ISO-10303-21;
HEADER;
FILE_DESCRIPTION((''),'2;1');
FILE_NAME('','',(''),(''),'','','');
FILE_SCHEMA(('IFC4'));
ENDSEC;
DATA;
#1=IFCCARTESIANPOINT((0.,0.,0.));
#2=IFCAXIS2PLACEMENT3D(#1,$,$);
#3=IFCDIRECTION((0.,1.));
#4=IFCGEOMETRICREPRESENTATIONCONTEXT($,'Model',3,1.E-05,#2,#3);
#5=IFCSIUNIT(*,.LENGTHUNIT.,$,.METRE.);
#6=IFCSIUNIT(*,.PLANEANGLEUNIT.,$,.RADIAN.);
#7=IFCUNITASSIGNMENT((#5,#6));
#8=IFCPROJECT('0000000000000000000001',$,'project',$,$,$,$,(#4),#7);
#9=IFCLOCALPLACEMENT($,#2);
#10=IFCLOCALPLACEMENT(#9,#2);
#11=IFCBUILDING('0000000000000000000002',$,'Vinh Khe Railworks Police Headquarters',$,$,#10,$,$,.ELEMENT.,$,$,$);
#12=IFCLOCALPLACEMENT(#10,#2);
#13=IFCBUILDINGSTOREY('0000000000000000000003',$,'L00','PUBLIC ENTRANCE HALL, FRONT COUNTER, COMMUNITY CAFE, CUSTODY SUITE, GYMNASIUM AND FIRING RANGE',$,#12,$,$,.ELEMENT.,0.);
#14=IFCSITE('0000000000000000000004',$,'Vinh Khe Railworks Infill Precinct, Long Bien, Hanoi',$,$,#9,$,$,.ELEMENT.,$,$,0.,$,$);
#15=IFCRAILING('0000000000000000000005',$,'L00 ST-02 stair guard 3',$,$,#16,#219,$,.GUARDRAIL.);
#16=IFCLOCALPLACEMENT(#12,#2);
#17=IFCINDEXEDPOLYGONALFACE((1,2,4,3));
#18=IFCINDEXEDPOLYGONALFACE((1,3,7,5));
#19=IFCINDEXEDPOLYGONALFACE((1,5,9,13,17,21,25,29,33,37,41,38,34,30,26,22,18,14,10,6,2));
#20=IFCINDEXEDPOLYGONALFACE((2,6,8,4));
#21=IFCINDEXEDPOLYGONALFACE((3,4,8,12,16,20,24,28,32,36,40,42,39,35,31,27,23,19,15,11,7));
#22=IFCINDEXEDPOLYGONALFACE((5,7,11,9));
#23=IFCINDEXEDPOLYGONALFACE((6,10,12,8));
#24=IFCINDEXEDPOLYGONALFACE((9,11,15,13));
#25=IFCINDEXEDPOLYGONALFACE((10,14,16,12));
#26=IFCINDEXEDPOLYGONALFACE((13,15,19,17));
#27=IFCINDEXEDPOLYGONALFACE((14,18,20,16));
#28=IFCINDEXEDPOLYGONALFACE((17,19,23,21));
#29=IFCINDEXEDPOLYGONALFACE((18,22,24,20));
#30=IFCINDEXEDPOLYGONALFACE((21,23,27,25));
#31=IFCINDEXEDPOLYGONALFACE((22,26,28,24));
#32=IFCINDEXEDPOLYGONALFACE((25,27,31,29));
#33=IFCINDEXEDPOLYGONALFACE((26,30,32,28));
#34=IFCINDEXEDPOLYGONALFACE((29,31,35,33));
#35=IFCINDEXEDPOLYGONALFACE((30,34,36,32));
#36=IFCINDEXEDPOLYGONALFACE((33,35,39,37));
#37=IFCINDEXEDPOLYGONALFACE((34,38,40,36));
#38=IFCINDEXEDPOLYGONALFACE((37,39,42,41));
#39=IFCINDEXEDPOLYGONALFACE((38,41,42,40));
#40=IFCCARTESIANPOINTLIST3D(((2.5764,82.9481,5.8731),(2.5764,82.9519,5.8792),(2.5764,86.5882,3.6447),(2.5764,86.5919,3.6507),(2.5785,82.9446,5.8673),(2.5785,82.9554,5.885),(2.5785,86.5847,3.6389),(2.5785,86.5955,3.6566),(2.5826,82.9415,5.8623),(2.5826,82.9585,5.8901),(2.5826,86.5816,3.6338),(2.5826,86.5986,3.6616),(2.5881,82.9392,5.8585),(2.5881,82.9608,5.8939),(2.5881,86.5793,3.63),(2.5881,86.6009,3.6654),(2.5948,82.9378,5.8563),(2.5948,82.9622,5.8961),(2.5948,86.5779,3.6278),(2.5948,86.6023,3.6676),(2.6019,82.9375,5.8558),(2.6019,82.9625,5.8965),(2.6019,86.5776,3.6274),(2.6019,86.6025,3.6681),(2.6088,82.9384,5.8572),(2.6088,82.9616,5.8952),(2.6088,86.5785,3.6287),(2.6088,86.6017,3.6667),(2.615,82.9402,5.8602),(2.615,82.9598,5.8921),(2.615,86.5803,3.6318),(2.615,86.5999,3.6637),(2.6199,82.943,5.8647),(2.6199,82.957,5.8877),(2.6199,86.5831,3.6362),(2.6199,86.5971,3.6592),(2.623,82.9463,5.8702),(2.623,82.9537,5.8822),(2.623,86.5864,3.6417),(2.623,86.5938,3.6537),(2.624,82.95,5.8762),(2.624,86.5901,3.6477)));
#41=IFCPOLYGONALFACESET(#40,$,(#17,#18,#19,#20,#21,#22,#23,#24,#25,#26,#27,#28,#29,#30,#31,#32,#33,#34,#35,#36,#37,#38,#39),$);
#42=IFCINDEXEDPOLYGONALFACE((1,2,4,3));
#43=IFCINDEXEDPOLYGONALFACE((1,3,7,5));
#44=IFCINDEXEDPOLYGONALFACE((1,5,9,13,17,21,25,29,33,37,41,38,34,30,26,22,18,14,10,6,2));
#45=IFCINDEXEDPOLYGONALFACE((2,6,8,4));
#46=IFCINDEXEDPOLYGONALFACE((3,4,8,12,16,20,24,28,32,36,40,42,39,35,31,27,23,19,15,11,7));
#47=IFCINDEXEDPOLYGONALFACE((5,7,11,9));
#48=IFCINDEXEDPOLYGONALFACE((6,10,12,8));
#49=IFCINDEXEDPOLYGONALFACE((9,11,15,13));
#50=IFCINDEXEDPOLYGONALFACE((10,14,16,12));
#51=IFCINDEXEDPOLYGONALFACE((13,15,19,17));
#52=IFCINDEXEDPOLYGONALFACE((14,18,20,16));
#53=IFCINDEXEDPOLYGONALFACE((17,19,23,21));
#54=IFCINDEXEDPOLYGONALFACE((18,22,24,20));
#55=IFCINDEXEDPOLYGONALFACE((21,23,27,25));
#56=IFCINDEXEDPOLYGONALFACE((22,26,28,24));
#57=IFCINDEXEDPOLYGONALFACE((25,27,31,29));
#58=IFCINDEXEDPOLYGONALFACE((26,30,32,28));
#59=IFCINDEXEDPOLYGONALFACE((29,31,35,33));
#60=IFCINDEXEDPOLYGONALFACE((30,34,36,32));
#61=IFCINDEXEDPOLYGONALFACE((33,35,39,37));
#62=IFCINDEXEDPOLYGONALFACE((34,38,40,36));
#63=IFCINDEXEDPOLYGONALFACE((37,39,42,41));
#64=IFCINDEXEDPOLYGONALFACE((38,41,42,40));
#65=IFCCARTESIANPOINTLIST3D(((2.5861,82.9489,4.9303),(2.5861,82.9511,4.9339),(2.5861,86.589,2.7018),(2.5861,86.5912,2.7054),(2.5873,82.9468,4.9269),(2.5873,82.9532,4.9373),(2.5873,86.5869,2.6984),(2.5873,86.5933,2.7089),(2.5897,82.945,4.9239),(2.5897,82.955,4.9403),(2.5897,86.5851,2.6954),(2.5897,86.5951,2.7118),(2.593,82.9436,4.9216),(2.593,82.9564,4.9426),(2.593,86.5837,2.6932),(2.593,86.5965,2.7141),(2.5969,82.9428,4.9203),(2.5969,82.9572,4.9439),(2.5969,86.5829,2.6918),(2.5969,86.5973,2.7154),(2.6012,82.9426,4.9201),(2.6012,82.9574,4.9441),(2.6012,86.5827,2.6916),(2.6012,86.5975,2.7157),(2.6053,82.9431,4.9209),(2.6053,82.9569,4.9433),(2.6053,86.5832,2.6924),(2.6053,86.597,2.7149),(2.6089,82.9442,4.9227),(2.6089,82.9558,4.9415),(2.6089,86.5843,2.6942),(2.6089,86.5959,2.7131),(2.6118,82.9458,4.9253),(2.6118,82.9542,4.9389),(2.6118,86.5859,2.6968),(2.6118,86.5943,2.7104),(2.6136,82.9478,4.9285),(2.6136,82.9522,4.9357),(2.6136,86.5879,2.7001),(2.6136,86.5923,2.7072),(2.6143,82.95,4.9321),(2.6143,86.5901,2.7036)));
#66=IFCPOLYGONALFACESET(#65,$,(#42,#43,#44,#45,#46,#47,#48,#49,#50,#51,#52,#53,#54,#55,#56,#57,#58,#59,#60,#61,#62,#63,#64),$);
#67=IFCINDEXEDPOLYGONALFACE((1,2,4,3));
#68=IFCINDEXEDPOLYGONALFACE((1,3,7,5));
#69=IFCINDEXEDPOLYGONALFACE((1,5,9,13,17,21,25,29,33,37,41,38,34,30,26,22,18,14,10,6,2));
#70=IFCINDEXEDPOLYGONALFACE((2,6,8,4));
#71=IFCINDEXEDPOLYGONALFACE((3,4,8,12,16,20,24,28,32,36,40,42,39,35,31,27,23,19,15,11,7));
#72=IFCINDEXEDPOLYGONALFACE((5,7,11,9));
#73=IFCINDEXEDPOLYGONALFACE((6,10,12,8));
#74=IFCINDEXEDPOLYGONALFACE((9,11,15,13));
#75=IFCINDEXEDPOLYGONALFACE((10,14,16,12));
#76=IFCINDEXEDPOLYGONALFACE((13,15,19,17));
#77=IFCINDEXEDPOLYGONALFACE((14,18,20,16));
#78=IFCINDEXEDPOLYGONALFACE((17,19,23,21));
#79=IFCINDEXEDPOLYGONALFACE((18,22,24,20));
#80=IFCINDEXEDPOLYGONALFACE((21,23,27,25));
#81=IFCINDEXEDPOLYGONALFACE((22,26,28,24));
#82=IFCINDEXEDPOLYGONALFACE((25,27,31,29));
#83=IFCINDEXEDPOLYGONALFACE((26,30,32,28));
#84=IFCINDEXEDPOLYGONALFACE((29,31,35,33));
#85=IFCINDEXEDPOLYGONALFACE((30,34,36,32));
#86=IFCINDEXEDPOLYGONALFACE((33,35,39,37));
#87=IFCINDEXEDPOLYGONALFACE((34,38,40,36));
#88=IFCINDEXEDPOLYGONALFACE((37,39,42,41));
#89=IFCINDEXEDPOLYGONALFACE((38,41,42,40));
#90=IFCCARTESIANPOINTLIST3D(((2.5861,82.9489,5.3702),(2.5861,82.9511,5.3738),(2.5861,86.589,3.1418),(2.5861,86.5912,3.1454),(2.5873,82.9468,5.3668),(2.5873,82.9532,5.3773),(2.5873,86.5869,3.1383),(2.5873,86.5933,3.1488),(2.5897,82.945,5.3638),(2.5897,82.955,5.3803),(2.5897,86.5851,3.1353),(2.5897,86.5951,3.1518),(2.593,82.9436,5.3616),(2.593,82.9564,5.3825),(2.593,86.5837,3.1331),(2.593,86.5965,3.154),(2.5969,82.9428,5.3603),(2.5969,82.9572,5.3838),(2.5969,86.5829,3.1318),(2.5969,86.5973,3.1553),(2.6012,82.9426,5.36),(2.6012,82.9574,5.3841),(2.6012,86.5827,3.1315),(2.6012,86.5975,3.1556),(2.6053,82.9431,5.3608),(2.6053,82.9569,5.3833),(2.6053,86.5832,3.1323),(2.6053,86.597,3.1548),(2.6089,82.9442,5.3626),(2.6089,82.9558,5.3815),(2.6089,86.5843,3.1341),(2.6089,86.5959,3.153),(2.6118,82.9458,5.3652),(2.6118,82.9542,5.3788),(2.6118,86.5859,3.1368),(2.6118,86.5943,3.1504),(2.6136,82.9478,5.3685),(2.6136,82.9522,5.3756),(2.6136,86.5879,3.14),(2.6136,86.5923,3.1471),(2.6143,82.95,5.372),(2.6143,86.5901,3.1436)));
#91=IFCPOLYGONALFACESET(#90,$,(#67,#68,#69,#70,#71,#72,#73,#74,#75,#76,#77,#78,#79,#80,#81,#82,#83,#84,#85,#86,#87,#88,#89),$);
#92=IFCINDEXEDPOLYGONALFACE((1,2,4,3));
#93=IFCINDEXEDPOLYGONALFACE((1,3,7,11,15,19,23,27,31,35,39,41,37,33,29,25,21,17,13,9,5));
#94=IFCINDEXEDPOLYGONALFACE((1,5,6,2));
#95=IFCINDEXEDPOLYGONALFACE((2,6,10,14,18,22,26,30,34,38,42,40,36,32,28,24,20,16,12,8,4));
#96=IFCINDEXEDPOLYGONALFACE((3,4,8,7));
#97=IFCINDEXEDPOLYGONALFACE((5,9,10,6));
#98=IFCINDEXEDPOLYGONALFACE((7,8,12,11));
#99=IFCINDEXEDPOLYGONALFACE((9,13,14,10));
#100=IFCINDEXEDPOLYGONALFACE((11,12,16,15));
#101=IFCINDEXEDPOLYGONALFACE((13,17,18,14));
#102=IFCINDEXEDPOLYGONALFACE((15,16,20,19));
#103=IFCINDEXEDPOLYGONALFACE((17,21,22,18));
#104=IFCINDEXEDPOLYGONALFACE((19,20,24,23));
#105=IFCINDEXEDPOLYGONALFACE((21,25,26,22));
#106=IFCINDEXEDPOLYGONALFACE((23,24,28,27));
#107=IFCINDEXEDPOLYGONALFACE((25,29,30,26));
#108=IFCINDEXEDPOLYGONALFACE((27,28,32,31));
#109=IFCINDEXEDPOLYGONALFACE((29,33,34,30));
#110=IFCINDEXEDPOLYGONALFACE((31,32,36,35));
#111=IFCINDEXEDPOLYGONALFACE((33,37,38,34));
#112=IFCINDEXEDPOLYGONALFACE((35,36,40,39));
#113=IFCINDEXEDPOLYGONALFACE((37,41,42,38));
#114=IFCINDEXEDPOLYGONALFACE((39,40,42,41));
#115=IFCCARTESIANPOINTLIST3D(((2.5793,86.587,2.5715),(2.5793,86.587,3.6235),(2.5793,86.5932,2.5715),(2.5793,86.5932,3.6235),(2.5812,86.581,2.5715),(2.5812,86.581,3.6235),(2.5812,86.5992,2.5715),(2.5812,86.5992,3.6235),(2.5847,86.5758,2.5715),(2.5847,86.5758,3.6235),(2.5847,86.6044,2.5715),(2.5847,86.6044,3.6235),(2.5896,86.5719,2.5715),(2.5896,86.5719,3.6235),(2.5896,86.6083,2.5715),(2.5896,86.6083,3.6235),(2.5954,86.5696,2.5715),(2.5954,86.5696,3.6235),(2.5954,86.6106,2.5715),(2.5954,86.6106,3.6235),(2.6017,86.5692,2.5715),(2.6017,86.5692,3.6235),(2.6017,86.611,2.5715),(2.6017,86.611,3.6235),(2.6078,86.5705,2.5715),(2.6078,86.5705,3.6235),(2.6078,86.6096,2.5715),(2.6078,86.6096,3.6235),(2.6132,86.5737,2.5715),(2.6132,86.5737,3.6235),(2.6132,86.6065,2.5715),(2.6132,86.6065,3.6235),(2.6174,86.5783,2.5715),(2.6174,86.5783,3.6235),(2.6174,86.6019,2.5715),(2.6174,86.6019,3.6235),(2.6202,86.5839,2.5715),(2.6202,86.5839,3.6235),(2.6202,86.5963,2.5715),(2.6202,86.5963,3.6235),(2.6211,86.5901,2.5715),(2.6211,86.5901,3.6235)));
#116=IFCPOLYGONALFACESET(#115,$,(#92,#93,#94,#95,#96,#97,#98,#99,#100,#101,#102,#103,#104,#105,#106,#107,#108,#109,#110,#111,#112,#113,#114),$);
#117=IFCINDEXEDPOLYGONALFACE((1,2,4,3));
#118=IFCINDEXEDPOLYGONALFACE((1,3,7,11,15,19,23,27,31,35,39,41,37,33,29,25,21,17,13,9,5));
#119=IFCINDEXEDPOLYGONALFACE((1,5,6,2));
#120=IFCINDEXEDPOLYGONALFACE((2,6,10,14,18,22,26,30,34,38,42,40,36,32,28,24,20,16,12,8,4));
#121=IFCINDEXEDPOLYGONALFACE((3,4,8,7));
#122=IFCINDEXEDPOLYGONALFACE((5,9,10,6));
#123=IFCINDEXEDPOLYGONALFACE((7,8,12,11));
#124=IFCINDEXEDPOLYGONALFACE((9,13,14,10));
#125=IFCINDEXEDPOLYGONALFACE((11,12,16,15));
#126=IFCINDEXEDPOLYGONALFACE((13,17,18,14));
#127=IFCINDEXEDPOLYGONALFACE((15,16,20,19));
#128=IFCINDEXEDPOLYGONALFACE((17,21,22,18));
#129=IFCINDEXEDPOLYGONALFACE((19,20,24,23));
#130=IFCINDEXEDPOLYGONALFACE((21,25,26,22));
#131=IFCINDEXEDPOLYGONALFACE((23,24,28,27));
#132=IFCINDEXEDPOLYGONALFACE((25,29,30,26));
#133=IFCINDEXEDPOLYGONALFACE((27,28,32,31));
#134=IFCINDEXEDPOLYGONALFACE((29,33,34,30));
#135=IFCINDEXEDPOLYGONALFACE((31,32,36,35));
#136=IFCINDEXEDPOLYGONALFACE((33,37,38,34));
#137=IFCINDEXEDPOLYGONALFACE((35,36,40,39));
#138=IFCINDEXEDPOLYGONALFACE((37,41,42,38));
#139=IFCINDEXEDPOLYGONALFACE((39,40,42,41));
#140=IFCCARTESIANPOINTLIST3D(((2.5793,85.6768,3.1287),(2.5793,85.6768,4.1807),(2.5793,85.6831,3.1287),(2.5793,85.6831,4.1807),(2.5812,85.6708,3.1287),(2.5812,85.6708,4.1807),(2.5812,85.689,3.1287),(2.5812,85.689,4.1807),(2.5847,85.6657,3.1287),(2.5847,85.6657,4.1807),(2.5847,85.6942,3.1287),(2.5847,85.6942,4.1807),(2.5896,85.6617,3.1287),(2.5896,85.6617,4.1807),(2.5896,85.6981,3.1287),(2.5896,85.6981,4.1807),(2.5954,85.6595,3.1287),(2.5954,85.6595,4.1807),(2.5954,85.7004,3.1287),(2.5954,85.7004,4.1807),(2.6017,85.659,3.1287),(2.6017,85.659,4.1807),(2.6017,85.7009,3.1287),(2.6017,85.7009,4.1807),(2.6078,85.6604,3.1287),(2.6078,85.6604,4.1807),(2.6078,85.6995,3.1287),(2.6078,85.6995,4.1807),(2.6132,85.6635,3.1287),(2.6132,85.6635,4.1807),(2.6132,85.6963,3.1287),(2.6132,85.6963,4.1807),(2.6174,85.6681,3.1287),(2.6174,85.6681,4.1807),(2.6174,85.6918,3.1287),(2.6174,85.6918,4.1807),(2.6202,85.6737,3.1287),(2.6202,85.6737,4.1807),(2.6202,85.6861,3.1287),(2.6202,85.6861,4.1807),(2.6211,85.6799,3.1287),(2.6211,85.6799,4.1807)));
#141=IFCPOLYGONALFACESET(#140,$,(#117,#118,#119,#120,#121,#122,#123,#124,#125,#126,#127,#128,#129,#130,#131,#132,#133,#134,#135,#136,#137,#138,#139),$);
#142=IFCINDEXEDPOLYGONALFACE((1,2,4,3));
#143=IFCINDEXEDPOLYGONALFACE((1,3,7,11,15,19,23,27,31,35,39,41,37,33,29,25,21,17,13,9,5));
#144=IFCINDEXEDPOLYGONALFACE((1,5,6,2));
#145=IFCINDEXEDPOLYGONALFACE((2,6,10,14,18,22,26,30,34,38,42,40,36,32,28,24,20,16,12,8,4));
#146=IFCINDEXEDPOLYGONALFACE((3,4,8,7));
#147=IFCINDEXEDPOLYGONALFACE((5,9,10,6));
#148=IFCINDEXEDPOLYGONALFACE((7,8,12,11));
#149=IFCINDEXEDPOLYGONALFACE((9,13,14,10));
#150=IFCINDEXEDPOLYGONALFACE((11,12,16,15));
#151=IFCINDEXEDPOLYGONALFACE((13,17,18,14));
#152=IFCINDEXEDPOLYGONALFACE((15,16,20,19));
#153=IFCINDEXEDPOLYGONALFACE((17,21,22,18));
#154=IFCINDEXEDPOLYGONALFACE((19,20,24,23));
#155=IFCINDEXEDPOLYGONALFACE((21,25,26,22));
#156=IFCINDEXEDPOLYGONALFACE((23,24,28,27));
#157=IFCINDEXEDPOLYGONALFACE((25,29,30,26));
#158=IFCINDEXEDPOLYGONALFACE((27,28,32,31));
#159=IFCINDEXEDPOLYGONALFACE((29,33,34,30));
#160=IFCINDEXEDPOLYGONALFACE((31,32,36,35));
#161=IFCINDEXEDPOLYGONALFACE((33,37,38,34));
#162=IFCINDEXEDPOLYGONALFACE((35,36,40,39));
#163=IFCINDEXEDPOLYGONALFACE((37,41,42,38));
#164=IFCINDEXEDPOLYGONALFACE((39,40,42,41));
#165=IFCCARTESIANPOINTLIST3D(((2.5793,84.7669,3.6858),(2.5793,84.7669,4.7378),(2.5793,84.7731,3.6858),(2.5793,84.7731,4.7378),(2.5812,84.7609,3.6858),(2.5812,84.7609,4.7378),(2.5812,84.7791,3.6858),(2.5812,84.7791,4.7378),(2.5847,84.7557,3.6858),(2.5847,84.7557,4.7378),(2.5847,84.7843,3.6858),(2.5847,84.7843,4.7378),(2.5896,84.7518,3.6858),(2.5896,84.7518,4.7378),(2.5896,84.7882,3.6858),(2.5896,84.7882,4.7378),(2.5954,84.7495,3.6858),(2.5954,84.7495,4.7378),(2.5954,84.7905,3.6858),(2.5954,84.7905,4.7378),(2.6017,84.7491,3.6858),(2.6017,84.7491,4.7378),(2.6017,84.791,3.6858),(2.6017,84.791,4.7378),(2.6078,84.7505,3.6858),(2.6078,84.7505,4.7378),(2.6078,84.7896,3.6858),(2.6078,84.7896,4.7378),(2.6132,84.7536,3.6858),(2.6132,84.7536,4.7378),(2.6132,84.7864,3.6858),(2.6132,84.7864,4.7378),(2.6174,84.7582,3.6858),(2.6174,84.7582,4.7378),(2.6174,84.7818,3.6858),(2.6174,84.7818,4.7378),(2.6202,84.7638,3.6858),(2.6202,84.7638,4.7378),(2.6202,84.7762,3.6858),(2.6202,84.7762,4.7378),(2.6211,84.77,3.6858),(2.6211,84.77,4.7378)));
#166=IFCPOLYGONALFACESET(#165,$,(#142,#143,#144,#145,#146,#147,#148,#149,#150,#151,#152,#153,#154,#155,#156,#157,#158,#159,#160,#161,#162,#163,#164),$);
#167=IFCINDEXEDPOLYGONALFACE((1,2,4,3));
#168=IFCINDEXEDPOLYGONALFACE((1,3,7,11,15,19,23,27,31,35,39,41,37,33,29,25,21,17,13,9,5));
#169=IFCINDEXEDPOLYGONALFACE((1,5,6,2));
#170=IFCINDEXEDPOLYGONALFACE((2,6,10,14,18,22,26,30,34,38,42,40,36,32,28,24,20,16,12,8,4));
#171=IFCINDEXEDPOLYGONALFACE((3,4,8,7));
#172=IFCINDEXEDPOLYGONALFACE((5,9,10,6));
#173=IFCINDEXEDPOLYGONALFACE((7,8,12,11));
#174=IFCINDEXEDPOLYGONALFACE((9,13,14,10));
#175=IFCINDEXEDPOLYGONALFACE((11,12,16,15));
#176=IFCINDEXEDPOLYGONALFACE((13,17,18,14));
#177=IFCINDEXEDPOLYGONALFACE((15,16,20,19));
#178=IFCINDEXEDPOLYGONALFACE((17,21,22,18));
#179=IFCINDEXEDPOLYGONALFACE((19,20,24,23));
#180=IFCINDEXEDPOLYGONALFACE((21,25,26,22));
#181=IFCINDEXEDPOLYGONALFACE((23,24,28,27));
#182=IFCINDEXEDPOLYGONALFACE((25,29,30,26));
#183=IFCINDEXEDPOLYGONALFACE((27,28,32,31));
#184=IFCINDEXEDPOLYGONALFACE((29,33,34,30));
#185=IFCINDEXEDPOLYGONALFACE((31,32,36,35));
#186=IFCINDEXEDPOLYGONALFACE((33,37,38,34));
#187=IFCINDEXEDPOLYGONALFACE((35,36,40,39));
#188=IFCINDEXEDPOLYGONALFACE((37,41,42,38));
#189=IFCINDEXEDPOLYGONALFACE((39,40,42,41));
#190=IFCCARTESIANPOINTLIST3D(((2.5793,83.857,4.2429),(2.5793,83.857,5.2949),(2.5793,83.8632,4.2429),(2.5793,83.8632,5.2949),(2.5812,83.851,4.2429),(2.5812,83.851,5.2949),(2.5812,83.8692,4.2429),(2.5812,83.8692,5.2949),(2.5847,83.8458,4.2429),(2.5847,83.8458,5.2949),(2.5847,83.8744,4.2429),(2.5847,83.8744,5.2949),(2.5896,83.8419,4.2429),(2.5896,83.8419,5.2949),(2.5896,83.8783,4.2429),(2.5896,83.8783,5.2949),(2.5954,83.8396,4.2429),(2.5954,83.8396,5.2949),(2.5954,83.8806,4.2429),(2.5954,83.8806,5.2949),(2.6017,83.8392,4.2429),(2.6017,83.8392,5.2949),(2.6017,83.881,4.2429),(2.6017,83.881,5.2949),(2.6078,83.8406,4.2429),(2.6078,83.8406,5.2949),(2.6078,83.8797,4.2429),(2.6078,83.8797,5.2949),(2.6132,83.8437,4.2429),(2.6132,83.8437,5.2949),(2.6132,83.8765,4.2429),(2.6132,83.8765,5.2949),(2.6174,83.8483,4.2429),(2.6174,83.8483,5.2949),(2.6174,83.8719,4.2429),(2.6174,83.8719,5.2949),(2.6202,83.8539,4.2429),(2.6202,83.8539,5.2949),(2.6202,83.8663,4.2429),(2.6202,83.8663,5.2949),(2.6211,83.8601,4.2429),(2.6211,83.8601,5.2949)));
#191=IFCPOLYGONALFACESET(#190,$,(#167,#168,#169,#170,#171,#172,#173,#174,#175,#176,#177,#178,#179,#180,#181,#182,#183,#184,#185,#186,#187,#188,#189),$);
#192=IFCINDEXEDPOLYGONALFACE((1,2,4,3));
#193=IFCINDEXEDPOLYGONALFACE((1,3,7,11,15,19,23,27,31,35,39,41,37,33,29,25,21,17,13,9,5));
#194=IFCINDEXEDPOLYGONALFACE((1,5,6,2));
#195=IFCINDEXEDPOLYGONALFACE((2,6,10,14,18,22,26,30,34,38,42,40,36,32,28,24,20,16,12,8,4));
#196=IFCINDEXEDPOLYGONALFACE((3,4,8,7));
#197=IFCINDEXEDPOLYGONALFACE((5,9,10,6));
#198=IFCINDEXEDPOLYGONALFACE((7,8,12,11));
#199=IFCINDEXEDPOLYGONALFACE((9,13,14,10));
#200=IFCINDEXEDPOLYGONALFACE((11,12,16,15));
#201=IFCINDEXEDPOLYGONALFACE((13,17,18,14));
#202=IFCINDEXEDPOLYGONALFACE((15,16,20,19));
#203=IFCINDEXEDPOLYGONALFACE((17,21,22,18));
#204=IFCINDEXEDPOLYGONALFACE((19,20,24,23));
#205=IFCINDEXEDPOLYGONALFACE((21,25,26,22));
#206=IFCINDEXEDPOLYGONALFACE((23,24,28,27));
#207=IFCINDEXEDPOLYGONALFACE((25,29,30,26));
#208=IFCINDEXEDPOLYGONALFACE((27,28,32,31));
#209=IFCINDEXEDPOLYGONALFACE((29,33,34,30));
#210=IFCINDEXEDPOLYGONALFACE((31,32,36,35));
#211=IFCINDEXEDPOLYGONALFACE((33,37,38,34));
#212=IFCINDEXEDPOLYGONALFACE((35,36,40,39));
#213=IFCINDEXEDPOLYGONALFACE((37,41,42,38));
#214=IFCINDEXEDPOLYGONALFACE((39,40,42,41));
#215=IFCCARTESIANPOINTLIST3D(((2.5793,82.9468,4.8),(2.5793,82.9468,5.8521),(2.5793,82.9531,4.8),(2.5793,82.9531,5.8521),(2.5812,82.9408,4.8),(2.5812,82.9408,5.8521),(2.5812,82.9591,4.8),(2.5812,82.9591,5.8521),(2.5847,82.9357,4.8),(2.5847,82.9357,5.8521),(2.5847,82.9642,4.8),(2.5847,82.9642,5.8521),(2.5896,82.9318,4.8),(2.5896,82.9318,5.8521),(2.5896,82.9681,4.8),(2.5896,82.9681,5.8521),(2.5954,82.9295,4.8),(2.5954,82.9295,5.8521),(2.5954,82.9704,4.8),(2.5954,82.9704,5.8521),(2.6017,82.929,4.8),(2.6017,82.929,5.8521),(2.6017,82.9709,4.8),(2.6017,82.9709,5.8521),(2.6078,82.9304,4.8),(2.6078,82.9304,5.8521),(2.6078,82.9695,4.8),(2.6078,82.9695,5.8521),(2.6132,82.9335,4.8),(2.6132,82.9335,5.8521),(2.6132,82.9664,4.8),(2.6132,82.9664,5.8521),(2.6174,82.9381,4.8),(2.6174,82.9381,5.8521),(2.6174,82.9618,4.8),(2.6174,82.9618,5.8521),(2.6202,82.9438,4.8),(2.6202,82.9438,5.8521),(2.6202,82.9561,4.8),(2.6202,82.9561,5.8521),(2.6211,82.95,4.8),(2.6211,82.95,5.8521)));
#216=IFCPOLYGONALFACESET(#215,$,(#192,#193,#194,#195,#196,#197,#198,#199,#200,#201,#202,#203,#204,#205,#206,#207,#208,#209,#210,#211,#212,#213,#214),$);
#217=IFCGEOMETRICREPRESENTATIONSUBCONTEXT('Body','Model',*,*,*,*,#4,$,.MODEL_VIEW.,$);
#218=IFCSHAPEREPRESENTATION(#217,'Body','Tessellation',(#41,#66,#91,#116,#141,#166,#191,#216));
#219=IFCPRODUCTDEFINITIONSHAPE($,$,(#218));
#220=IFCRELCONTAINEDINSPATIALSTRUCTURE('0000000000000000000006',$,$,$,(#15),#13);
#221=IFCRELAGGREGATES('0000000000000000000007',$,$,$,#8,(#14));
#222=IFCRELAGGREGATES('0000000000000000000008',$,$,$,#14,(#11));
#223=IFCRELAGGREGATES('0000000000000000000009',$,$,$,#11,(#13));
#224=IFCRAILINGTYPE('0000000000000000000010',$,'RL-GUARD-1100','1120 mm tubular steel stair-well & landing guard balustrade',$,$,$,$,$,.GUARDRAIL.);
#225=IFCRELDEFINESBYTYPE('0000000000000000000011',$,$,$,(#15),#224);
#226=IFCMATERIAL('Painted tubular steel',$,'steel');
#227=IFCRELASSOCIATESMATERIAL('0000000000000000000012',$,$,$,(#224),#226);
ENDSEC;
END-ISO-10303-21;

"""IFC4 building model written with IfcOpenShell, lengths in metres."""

from ifc_helpers import new_model, si_unit, direction, frame, origin, origin_2d, place, context, subcontext, project, spatial, circle, extrude, material, type_object, element, save


model = new_model("IFC4")

# Units and contexts
model_context = context("Model", 3, precision=1e-05, world=origin(), true_north=direction((0.0, 1.0)))
body_context = subcontext(model_context, "Body", "Model", "MODEL_VIEW")
ifc_project = project(units=[si_unit("LENGTHUNIT", "METRE"), si_unit("PLANEANGLEUNIT", "RADIAN")], contexts=[model_context])

# Site, building, storey
site_placement = place(None, origin())
site = spatial("IfcSite", under=ifc_project, at=site_placement, Name="Vinh Khe Railworks Infill Precinct, Long Bien, Hanoi", CompositionType="ELEMENT", RefElevation=0.0)
building_placement = place(site_placement, origin())
building = spatial("IfcBuilding", under=site, at=building_placement, Name="Vinh Khe Railworks Police Headquarters", CompositionType="ELEMENT")
storey_placement = place(building_placement, origin())
storey = spatial("IfcBuildingStorey", under=building, at=storey_placement, Name="L00", Description="PUBLIC ENTRANCE HALL, FRONT COUNTER, COMMUNITY CAFE, CUSTODY SUITE, GYMNASIUM AND FIRING RANGE", CompositionType="ELEMENT", Elevation=0.0)

# Railing
ifc_material_1 = material(Name="Painted tubular steel", Category="steel")
railing_type = type_object("IfcRailingType", Name="RL-GUARD-1100", Description="1120 mm tubular steel stair-well & landing guard balustrade", PredefinedType="GUARDRAIL", material=ifc_material_1)
railing_1_placement = place(storey_placement, frame((2.6001, 86.5901, 2.5715)))
element("IfcRailing", 1, at=railing_1_placement, inside=storey, type_object=railing_type, Name="L00 ST-02 stair guard 3", PredefinedType="GUARDRAIL", context=body_context, shape_type="SweptSolid", body=[
    extrude(circle(Radius=0.0239, at=origin_2d()), frame((0.0, 0.0, 1.0762), z_axis=(0.0, -0.852866, 0.52213), x_axis=(1.0, 0.0, 0.0)), (0.0, 0.0, 1.0), 4.2681),
    extrude(circle(Radius=0.0142, at=origin_2d()), frame((0.0, 0.0, 0.1321), z_axis=(0.0, -0.852866, 0.52213), x_axis=(1.0, 0.0, 0.0)), (0.0, 0.0, 1.0), 4.2681),
    extrude(circle(Radius=0.0142, at=origin_2d()), frame((0.0, 0.0, 0.572), z_axis=(0.0, -0.852866, 0.52213), x_axis=(1.0, 0.0, 0.0)), (0.0, 0.0, 1.0), 4.2681),
    extrude(circle(Radius=0.021, at=origin_2d()), origin(), (0.0, 0.0, 1.0), 1.052),
    extrude(circle(Radius=0.021, at=origin_2d()), frame((0.0, -0.9102, 0.5571)), (0.0, 0.0, 1.0), 1.052),
    extrude(circle(Radius=0.021, at=origin_2d()), frame((0.0, -1.8201, 1.1143)), (0.0, 0.0, 1.0), 1.052),
    extrude(circle(Radius=0.021, at=origin_2d()), frame((0.0, -2.73, 1.6714)), (0.0, 0.0, 1.0), 1.052),
    extrude(circle(Radius=0.021, at=origin_2d()), frame((0.0, -3.6401, 2.2285)), (0.0, 0.0, 1.0), 1.052),
])

save(model, "model.ifc")
